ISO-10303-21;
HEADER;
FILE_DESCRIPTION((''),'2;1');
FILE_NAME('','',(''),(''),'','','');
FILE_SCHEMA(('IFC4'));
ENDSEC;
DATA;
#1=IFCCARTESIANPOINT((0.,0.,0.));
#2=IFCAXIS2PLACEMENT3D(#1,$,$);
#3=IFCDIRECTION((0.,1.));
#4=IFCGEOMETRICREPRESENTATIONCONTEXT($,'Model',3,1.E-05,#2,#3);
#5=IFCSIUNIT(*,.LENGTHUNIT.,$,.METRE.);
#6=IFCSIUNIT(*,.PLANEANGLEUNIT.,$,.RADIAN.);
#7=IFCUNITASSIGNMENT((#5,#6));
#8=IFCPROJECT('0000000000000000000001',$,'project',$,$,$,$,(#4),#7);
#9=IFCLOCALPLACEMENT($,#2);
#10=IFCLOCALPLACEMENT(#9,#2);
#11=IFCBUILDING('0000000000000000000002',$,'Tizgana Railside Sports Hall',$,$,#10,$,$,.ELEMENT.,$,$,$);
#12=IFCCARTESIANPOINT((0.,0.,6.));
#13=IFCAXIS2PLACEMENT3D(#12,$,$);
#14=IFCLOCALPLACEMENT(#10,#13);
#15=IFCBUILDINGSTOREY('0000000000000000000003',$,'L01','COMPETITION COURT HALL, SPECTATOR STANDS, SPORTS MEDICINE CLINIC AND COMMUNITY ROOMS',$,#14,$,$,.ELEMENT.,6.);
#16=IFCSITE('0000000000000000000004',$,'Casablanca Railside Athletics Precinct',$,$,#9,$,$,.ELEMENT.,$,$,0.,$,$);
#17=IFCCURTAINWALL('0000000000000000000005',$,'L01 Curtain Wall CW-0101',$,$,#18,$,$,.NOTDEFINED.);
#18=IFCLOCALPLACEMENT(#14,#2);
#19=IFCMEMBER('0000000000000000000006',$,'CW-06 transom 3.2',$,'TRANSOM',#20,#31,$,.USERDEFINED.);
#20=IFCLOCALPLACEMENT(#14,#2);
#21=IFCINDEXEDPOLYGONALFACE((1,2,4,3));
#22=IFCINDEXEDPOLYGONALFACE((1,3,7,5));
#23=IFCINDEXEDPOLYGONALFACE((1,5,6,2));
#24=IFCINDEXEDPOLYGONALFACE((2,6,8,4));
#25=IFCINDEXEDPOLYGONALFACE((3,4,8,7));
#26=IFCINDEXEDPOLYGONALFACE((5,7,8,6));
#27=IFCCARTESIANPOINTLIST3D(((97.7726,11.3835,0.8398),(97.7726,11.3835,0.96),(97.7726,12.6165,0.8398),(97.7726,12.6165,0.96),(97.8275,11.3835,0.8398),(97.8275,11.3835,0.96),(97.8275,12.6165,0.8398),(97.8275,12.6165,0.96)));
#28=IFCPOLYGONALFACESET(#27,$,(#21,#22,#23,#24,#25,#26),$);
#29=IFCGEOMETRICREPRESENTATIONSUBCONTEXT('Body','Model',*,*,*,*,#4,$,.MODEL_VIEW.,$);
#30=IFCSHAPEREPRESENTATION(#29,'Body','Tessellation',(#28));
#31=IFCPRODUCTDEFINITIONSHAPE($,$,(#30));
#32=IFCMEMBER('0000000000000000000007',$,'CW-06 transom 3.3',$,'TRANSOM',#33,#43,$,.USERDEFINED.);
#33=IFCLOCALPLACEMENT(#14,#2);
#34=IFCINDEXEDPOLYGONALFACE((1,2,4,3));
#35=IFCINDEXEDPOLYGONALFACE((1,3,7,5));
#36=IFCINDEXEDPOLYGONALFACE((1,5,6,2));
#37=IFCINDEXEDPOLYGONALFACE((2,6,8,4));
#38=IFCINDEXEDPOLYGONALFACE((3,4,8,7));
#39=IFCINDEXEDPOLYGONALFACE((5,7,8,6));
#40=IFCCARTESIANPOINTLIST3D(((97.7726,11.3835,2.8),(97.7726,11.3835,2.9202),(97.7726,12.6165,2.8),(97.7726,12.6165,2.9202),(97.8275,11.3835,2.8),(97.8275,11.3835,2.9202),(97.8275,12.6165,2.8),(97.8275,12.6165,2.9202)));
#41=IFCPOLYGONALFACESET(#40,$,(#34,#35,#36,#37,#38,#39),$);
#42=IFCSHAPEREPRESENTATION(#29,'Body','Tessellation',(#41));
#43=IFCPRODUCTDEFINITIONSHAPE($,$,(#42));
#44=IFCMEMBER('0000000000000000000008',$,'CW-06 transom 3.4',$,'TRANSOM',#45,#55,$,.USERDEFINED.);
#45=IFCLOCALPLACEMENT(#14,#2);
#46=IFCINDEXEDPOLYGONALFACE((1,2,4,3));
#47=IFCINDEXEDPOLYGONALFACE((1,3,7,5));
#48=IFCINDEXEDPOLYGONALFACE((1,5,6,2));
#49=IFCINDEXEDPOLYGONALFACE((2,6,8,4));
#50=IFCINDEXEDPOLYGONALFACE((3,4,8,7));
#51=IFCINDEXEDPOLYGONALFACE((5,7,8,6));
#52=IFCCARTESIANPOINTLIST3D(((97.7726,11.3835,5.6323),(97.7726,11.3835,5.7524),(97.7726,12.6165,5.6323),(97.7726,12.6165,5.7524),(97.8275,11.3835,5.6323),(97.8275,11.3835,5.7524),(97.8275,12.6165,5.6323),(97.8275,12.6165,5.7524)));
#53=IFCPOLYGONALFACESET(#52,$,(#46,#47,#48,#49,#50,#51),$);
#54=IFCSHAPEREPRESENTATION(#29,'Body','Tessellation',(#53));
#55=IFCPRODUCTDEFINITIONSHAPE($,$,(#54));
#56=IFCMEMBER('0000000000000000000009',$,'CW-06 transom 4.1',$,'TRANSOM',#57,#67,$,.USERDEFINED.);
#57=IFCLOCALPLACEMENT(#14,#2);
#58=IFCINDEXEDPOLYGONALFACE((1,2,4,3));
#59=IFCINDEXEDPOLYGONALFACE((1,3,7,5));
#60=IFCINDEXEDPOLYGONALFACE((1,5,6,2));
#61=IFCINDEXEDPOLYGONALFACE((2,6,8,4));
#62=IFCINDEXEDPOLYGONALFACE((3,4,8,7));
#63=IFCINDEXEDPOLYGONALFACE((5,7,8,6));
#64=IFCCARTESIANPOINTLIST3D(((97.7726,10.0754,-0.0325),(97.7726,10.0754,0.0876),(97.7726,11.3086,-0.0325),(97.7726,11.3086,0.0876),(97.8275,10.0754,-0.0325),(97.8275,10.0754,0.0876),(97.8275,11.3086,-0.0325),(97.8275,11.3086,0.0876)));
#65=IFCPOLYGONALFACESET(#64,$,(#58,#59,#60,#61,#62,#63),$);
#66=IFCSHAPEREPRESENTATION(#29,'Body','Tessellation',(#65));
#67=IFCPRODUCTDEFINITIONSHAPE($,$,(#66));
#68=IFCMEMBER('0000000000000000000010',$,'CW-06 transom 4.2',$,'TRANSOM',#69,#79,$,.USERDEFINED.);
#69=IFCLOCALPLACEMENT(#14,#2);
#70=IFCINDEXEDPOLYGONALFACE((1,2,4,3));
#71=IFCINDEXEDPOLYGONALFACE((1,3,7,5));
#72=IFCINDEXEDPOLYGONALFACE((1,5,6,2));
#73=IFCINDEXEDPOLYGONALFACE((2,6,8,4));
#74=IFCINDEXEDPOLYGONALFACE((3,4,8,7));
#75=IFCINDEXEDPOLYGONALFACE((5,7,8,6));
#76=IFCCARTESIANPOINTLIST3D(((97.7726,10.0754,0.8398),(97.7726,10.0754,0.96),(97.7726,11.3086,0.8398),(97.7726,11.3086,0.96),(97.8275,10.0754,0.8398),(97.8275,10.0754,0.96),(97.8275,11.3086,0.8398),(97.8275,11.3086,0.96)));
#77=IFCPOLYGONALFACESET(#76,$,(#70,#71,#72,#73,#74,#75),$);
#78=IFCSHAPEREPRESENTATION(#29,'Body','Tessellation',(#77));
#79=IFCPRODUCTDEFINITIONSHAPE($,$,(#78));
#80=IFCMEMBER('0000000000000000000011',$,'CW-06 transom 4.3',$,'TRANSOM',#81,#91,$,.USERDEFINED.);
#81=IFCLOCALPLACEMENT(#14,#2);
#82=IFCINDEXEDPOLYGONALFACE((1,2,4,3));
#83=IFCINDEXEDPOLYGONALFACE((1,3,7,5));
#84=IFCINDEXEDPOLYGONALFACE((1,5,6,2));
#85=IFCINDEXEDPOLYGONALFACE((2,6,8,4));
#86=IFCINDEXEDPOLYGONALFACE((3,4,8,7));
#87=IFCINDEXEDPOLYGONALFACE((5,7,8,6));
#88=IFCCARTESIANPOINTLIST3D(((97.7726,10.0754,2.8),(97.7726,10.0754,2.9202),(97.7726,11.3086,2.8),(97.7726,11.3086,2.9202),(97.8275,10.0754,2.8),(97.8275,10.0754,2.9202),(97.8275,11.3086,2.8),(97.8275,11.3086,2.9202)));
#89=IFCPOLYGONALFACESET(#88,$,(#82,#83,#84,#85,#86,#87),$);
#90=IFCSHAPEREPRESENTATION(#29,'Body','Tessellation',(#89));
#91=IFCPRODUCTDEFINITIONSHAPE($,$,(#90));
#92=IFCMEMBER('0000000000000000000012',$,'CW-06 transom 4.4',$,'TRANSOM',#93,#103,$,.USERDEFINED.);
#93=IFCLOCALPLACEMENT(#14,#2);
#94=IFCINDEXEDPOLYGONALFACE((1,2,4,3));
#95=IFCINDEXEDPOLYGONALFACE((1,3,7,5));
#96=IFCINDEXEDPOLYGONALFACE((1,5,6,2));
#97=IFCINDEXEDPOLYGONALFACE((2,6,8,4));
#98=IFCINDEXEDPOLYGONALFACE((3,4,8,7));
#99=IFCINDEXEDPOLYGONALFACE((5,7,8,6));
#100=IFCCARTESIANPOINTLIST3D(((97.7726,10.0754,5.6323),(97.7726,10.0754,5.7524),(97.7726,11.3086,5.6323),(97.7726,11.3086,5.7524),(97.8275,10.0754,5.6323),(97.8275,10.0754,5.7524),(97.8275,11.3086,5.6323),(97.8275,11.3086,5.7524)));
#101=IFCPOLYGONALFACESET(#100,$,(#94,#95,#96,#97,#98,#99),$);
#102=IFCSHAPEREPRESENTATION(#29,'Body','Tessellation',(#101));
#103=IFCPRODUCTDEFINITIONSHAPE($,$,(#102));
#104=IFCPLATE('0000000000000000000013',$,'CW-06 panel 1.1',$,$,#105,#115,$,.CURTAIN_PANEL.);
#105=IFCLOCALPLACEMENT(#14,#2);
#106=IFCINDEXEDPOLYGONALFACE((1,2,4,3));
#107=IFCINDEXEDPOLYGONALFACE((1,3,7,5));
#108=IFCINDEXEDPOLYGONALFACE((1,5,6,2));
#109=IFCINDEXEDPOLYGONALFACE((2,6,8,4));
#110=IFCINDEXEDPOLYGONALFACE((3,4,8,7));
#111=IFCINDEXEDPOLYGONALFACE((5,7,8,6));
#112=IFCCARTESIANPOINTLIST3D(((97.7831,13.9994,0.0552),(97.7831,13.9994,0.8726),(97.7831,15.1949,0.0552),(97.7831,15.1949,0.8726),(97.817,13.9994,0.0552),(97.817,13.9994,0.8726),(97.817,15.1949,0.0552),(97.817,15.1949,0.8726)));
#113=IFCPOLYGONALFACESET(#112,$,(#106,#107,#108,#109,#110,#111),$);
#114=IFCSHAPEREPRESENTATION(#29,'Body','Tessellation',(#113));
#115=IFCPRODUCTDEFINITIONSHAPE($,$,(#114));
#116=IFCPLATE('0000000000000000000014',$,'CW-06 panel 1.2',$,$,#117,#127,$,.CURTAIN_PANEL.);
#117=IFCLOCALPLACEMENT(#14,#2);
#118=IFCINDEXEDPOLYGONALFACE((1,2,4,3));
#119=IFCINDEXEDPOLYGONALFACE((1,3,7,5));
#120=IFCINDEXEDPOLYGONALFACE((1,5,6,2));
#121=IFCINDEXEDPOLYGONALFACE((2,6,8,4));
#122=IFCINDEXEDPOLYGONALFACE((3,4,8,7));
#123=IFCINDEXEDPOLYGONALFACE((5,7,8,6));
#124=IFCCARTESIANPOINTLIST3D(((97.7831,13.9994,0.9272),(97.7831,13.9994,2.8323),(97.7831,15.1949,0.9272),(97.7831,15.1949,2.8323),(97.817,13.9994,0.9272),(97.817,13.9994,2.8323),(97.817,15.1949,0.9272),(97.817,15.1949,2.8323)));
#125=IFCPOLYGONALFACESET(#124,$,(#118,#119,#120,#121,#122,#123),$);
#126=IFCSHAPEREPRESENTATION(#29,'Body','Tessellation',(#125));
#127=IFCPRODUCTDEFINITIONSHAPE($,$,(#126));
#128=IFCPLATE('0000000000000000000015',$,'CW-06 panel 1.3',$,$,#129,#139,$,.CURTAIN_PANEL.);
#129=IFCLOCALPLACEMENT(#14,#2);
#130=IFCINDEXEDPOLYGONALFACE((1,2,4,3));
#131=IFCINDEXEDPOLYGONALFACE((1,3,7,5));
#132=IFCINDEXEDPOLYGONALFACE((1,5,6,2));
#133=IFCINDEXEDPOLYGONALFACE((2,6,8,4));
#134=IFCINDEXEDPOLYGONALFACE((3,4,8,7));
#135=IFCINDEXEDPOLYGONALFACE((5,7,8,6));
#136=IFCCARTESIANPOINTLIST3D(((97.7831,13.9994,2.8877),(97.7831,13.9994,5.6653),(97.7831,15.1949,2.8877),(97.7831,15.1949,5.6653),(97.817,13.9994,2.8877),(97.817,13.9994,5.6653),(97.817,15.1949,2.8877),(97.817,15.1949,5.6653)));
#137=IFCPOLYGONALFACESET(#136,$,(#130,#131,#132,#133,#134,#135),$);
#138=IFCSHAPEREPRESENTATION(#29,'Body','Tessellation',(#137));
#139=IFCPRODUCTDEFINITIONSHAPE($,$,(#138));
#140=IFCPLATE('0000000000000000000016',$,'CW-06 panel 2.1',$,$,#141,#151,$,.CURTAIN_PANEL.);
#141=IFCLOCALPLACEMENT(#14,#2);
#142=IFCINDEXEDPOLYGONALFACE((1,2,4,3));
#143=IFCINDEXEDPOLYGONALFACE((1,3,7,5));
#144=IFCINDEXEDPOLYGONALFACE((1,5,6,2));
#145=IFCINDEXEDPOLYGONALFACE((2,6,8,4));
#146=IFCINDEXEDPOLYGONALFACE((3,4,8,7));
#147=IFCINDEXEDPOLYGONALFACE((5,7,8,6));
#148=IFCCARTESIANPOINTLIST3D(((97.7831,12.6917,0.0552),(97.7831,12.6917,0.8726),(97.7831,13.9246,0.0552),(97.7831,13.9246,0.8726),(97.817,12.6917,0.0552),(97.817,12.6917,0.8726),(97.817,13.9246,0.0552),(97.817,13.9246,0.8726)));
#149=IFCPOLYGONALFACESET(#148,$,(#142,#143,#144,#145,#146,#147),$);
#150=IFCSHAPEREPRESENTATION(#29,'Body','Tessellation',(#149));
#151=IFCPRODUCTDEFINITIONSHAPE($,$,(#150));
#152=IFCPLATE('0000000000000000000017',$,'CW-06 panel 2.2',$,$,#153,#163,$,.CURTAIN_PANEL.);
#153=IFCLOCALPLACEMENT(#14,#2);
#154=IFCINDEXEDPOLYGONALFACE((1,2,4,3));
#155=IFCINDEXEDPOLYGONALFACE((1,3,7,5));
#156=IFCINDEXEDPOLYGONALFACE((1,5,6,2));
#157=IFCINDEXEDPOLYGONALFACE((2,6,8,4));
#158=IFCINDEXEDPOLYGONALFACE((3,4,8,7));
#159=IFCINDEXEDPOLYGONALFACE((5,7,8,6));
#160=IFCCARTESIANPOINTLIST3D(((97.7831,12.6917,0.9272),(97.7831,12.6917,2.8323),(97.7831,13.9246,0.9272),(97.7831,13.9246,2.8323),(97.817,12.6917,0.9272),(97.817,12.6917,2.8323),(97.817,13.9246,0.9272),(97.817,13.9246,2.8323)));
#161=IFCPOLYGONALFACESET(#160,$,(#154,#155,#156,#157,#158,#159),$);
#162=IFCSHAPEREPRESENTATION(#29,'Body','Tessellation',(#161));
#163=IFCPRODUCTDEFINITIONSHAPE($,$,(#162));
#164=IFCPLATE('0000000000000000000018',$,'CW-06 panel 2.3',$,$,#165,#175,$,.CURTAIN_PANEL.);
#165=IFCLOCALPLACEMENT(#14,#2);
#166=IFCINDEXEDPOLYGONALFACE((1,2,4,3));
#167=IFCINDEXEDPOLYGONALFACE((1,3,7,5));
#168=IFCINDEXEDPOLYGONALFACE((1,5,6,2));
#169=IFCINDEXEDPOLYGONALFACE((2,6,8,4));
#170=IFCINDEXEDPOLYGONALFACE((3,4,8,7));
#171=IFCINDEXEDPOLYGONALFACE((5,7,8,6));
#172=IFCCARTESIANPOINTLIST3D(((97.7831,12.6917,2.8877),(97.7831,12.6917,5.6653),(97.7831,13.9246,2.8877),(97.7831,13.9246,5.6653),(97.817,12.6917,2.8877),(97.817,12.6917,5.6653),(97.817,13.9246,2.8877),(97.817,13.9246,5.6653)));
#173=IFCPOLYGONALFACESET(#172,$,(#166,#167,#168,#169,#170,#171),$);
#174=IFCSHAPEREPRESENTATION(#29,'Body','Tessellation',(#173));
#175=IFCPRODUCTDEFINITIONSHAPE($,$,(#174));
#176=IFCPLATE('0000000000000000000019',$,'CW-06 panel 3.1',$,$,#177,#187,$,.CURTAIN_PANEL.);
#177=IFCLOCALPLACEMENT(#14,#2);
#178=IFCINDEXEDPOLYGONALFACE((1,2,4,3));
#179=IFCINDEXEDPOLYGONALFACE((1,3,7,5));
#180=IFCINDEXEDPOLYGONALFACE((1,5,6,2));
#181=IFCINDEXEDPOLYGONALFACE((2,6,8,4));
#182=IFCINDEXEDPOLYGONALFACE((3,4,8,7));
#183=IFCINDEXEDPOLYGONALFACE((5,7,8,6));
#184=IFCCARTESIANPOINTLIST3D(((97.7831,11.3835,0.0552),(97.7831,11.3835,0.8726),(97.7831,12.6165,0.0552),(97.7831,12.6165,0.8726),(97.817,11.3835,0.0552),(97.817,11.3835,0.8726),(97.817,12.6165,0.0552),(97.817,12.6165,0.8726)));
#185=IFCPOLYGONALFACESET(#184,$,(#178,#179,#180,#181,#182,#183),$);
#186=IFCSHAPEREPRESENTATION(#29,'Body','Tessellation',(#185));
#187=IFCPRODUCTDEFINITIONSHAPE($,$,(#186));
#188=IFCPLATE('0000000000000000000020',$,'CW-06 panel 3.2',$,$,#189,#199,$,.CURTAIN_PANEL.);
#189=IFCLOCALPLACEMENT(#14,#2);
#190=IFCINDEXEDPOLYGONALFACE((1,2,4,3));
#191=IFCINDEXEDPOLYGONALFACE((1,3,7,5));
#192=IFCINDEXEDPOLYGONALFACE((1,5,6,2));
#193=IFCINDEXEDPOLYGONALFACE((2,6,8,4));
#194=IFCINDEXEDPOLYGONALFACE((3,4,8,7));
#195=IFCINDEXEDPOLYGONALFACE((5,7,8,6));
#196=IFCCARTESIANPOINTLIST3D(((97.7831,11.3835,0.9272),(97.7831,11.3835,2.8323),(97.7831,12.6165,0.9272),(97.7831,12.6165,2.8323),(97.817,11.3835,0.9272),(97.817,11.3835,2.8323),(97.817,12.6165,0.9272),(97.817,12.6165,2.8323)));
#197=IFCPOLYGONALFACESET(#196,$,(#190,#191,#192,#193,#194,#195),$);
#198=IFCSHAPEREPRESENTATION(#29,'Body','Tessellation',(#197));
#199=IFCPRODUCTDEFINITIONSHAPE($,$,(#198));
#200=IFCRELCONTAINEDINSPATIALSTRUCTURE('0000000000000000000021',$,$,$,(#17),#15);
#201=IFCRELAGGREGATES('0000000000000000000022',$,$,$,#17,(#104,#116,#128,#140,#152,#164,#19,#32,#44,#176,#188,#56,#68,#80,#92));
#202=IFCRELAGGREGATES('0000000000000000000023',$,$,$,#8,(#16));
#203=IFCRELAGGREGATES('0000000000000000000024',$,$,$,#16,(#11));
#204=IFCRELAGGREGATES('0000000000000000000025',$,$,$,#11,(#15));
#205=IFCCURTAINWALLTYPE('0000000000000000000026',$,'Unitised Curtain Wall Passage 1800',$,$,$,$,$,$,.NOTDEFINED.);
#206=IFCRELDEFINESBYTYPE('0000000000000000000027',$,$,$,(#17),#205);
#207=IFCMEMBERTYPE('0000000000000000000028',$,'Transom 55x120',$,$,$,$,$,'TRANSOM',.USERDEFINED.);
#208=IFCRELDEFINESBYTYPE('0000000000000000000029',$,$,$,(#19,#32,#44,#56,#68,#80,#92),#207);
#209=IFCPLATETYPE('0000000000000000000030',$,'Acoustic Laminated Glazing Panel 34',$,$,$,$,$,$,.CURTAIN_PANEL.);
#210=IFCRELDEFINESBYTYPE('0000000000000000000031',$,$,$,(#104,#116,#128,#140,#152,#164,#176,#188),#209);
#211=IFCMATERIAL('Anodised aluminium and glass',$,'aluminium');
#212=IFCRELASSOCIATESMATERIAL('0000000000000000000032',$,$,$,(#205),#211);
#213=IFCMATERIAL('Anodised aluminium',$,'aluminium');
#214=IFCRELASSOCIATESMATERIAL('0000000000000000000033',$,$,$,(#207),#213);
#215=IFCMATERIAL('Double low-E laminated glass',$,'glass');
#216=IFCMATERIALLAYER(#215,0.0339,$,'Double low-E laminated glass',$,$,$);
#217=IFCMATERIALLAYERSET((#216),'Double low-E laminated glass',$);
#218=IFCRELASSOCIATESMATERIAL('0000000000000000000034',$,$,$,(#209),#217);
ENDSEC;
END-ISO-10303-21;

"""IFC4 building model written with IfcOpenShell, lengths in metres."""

from ifc_helpers import new_model, si_unit, direction, frame, origin, origin_2d, place, context, subcontext, project, spatial, rectangle, extrude, material, layer, layer_set, material_profile, profile_set, type_object, element, aggregate, save


model = new_model("IFC4")

# Units and contexts
model_context = context("Model", 3, precision=1e-05, world=origin(), true_north=direction((0.0, 1.0)))
body_context = subcontext(model_context, "Body", "Model", "MODEL_VIEW")
ifc_project = project(units=[si_unit("LENGTHUNIT", "METRE"), si_unit("PLANEANGLEUNIT", "RADIAN")], contexts=[model_context])

# Site, building, storey
site_placement = place(None, origin())
site = spatial("IfcSite", under=ifc_project, at=site_placement, Name="Casablanca Railside Athletics Precinct", CompositionType="ELEMENT", RefElevation=0.0)
building_placement = place(site_placement, origin())
building = spatial("IfcBuilding", under=site, at=building_placement, Name="Tizgana Railside Sports Hall", CompositionType="ELEMENT")
storey_placement = place(building_placement, frame((0.0, 0.0, 6.0)))
storey = spatial("IfcBuildingStorey", under=building, at=storey_placement, Name="L01", Description="COMPETITION COURT HALL, SPECTATOR STANDS, SPORTS MEDICINE CLINIC AND COMMUNITY ROOMS", CompositionType="ELEMENT", Elevation=6.0)

# Curtain wall, members, plates
ifc_material_1 = material(Name="Anodised aluminium and glass", Category="aluminium")
curtain_wall_type = type_object("IfcCurtainWallType", Name="Unitised Curtain Wall Passage 1800", PredefinedType="NOTDEFINED", material=ifc_material_1)
curtain_wall_placement = place(storey_placement, origin())
curtain_wall = element("IfcCurtainWall", 1, at=curtain_wall_placement, inside=storey, type_object=curtain_wall_type, Name="L01 Curtain Wall CW-0101", PredefinedType="NOTDEFINED")
ifc_material_2 = material(Name="Anodised aluminium", Category="aluminium")
ifc_material_profile_1 = material_profile(ifc_material_2, rectangle(XDim=0.0549, YDim=0.1201, at=origin_2d()), Name="Transom 55x120")
ifc_profile_set_1 = profile_set([ifc_material_profile_1], Name="Anodised aluminium")
member_type_1 = type_object("IfcMemberType", Name="Transom 55x120", ElementType="TRANSOM", PredefinedType="USERDEFINED", material=ifc_profile_set_1)
member_1_placement = place(storey_placement, frame((97.8, 12.6165, 0.8999), z_axis=(0.0, -1.0, 0.0), x_axis=(1.0, 0.0, 0.0)))
member_1 = element("IfcMember", 2, at=member_1_placement, type_object=member_type_1, Name="CW-06 transom 3.2", ObjectType="TRANSOM", PredefinedType="USERDEFINED", context=body_context, shape_type="SweptSolid", body=[
    extrude(rectangle(XDim=0.0549, YDim=0.1201, at=origin_2d()), origin(), (0.0, 0.0, 1.0), 1.2329),
])
member_2_placement = place(storey_placement, frame((97.8, 12.6165, 2.8601), z_axis=(0.0, -1.0, 0.0), x_axis=(1.0, 0.0, 0.0)))
member_2 = element("IfcMember", 3, at=member_2_placement, type_object=member_type_1, Name="CW-06 transom 3.3", ObjectType="TRANSOM", PredefinedType="USERDEFINED", context=body_context, shape_type="SweptSolid", body=[
    extrude(rectangle(XDim=0.0549, YDim=0.1201, at=origin_2d()), origin(), (0.0, 0.0, 1.0), 1.2329),
])
member_3_placement = place(storey_placement, frame((97.8, 12.6165, 5.6924), z_axis=(0.0, -1.0, 0.0), x_axis=(1.0, 0.0, 0.0)))
member_3 = element("IfcMember", 4, at=member_3_placement, type_object=member_type_1, Name="CW-06 transom 3.4", ObjectType="TRANSOM", PredefinedType="USERDEFINED", context=body_context, shape_type="SweptSolid", body=[
    extrude(rectangle(XDim=0.0549, YDim=0.1201, at=origin_2d()), origin(), (0.0, 0.0, 1.0), 1.2329),
])
member_4_placement = place(storey_placement, frame((97.8, 11.3086, 0.0276), z_axis=(0.0, -1.0, 0.0), x_axis=(1.0, 0.0, 0.0)))
member_4 = element("IfcMember", 5, at=member_4_placement, type_object=member_type_1, Name="CW-06 transom 4.1", ObjectType="TRANSOM", PredefinedType="USERDEFINED", context=body_context, shape_type="SweptSolid", body=[
    extrude(rectangle(XDim=0.0549, YDim=0.1201, at=origin_2d()), origin(), (0.0, 0.0, 1.0), 1.2332),
])
member_5_placement = place(storey_placement, frame((97.8, 11.3086, 0.8999), z_axis=(0.0, -1.0, 0.0), x_axis=(1.0, 0.0, 0.0)))
member_5 = element("IfcMember", 6, at=member_5_placement, type_object=member_type_1, Name="CW-06 transom 4.2", ObjectType="TRANSOM", PredefinedType="USERDEFINED", context=body_context, shape_type="SweptSolid", body=[
    extrude(rectangle(XDim=0.0549, YDim=0.1201, at=origin_2d()), origin(), (0.0, 0.0, 1.0), 1.2332),
])
member_6_placement = place(storey_placement, frame((97.8, 11.3086, 2.8601), z_axis=(0.0, -1.0, 0.0), x_axis=(1.0, 0.0, 0.0)))
member_6 = element("IfcMember", 7, at=member_6_placement, type_object=member_type_1, Name="CW-06 transom 4.3", ObjectType="TRANSOM", PredefinedType="USERDEFINED", context=body_context, shape_type="SweptSolid", body=[
    extrude(rectangle(XDim=0.0549, YDim=0.1201, at=origin_2d()), origin(), (0.0, 0.0, 1.0), 1.2332),
])
member_7_placement = place(storey_placement, frame((97.8, 11.3086, 5.6924), z_axis=(0.0, -1.0, 0.0), x_axis=(1.0, 0.0, 0.0)))
member_7 = element("IfcMember", 8, at=member_7_placement, type_object=member_type_1, Name="CW-06 transom 4.4", ObjectType="TRANSOM", PredefinedType="USERDEFINED", context=body_context, shape_type="SweptSolid", body=[
    extrude(rectangle(XDim=0.0549, YDim=0.1201, at=origin_2d()), origin(), (0.0, 0.0, 1.0), 1.2332),
])
ifc_material_3 = material(Name="Double low-E laminated glass", Category="glass")
ifc_layer = layer(ifc_material_3, 0.0339, Name="Double low-E laminated glass")
ifc_layer_set = layer_set([ifc_layer], Name="Double low-E laminated glass")
plate_type = type_object("IfcPlateType", Name="Acoustic Laminated Glazing Panel 34", PredefinedType="CURTAIN_PANEL", material=ifc_layer_set)
plate_1_placement = place(storey_placement, frame((97.8, 14.5972, 0.0552), z_axis=(0.0, 0.0, 1.0), x_axis=(0.0, -1.0, 0.0)))
plate_1 = element("IfcPlate", 9, at=plate_1_placement, type_object=plate_type, Name="CW-06 panel 1.1", PredefinedType="CURTAIN_PANEL", context=body_context, shape_type="SweptSolid", body=[
    extrude(rectangle(XDim=1.1956, YDim=0.0339, at=origin_2d()), origin(), (0.0, 0.0, 1.0), 0.8174),
])
plate_2_placement = place(storey_placement, frame((97.8, 14.5972, 0.9272), z_axis=(0.0, 0.0, 1.0), x_axis=(0.0, -1.0, 0.0)))
plate_2 = element("IfcPlate", 10, at=plate_2_placement, type_object=plate_type, Name="CW-06 panel 1.2", PredefinedType="CURTAIN_PANEL", context=body_context, shape_type="SweptSolid", body=[
    extrude(rectangle(XDim=1.1956, YDim=0.0339, at=origin_2d()), origin(), (0.0, 0.0, 1.0), 1.905),
])
plate_3_placement = place(storey_placement, frame((97.8, 14.5972, 2.8877), z_axis=(0.0, 0.0, 1.0), x_axis=(0.0, -1.0, 0.0)))
plate_3 = element("IfcPlate", 11, at=plate_3_placement, type_object=plate_type, Name="CW-06 panel 1.3", PredefinedType="CURTAIN_PANEL", context=body_context, shape_type="SweptSolid", body=[
    extrude(rectangle(XDim=1.1956, YDim=0.0339, at=origin_2d()), origin(), (0.0, 0.0, 1.0), 2.7776),
])
plate_4_placement = place(storey_placement, frame((97.8, 13.3081, 0.0552), z_axis=(0.0, 0.0, 1.0), x_axis=(0.0, -1.0, 0.0)))
plate_4 = element("IfcPlate", 12, at=plate_4_placement, type_object=plate_type, Name="CW-06 panel 2.1", PredefinedType="CURTAIN_PANEL", context=body_context, shape_type="SweptSolid", body=[
    extrude(rectangle(XDim=1.2329, YDim=0.0339, at=origin_2d()), origin(), (0.0, 0.0, 1.0), 0.8174),
])
plate_5_placement = place(storey_placement, frame((97.8, 13.3081, 0.9272), z_axis=(0.0, 0.0, 1.0), x_axis=(0.0, -1.0, 0.0)))
plate_5 = element("IfcPlate", 13, at=plate_5_placement, type_object=plate_type, Name="CW-06 panel 2.2", PredefinedType="CURTAIN_PANEL", context=body_context, shape_type="SweptSolid", body=[
    extrude(rectangle(XDim=1.2329, YDim=0.0339, at=origin_2d()), origin(), (0.0, 0.0, 1.0), 1.905),
])
plate_6_placement = place(storey_placement, frame((97.8, 13.3081, 2.8877), z_axis=(0.0, 0.0, 1.0), x_axis=(0.0, -1.0, 0.0)))
plate_6 = element("IfcPlate", 14, at=plate_6_placement, type_object=plate_type, Name="CW-06 panel 2.3", PredefinedType="CURTAIN_PANEL", context=body_context, shape_type="SweptSolid", body=[
    extrude(rectangle(XDim=1.2329, YDim=0.0339, at=origin_2d()), origin(), (0.0, 0.0, 1.0), 2.7776),
])
plate_7_placement = place(storey_placement, frame((97.8, 12.0, 0.0552), z_axis=(0.0, 0.0, 1.0), x_axis=(0.0, -1.0, 0.0)))
plate_7 = element("IfcPlate", 15, at=plate_7_placement, type_object=plate_type, Name="CW-06 panel 3.1", PredefinedType="CURTAIN_PANEL", context=body_context, shape_type="SweptSolid", body=[
    extrude(rectangle(XDim=1.2329, YDim=0.0339, at=origin_2d()), origin(), (0.0, 0.0, 1.0), 0.8174),
])
plate_8_placement = place(storey_placement, frame((97.8, 12.0, 0.9272), z_axis=(0.0, 0.0, 1.0), x_axis=(0.0, -1.0, 0.0)))
plate_8 = element("IfcPlate", 16, at=plate_8_placement, type_object=plate_type, Name="CW-06 panel 3.2", PredefinedType="CURTAIN_PANEL", context=body_context, shape_type="SweptSolid", body=[
    extrude(rectangle(XDim=1.2329, YDim=0.0339, at=origin_2d()), origin(), (0.0, 0.0, 1.0), 1.905),
])
aggregate(curtain_wall, [plate_1, plate_2, plate_3, plate_4, plate_5, plate_6, member_1, member_2, member_3, plate_7, plate_8, member_4, member_5, member_6, member_7])

save(model, "model.ifc")
